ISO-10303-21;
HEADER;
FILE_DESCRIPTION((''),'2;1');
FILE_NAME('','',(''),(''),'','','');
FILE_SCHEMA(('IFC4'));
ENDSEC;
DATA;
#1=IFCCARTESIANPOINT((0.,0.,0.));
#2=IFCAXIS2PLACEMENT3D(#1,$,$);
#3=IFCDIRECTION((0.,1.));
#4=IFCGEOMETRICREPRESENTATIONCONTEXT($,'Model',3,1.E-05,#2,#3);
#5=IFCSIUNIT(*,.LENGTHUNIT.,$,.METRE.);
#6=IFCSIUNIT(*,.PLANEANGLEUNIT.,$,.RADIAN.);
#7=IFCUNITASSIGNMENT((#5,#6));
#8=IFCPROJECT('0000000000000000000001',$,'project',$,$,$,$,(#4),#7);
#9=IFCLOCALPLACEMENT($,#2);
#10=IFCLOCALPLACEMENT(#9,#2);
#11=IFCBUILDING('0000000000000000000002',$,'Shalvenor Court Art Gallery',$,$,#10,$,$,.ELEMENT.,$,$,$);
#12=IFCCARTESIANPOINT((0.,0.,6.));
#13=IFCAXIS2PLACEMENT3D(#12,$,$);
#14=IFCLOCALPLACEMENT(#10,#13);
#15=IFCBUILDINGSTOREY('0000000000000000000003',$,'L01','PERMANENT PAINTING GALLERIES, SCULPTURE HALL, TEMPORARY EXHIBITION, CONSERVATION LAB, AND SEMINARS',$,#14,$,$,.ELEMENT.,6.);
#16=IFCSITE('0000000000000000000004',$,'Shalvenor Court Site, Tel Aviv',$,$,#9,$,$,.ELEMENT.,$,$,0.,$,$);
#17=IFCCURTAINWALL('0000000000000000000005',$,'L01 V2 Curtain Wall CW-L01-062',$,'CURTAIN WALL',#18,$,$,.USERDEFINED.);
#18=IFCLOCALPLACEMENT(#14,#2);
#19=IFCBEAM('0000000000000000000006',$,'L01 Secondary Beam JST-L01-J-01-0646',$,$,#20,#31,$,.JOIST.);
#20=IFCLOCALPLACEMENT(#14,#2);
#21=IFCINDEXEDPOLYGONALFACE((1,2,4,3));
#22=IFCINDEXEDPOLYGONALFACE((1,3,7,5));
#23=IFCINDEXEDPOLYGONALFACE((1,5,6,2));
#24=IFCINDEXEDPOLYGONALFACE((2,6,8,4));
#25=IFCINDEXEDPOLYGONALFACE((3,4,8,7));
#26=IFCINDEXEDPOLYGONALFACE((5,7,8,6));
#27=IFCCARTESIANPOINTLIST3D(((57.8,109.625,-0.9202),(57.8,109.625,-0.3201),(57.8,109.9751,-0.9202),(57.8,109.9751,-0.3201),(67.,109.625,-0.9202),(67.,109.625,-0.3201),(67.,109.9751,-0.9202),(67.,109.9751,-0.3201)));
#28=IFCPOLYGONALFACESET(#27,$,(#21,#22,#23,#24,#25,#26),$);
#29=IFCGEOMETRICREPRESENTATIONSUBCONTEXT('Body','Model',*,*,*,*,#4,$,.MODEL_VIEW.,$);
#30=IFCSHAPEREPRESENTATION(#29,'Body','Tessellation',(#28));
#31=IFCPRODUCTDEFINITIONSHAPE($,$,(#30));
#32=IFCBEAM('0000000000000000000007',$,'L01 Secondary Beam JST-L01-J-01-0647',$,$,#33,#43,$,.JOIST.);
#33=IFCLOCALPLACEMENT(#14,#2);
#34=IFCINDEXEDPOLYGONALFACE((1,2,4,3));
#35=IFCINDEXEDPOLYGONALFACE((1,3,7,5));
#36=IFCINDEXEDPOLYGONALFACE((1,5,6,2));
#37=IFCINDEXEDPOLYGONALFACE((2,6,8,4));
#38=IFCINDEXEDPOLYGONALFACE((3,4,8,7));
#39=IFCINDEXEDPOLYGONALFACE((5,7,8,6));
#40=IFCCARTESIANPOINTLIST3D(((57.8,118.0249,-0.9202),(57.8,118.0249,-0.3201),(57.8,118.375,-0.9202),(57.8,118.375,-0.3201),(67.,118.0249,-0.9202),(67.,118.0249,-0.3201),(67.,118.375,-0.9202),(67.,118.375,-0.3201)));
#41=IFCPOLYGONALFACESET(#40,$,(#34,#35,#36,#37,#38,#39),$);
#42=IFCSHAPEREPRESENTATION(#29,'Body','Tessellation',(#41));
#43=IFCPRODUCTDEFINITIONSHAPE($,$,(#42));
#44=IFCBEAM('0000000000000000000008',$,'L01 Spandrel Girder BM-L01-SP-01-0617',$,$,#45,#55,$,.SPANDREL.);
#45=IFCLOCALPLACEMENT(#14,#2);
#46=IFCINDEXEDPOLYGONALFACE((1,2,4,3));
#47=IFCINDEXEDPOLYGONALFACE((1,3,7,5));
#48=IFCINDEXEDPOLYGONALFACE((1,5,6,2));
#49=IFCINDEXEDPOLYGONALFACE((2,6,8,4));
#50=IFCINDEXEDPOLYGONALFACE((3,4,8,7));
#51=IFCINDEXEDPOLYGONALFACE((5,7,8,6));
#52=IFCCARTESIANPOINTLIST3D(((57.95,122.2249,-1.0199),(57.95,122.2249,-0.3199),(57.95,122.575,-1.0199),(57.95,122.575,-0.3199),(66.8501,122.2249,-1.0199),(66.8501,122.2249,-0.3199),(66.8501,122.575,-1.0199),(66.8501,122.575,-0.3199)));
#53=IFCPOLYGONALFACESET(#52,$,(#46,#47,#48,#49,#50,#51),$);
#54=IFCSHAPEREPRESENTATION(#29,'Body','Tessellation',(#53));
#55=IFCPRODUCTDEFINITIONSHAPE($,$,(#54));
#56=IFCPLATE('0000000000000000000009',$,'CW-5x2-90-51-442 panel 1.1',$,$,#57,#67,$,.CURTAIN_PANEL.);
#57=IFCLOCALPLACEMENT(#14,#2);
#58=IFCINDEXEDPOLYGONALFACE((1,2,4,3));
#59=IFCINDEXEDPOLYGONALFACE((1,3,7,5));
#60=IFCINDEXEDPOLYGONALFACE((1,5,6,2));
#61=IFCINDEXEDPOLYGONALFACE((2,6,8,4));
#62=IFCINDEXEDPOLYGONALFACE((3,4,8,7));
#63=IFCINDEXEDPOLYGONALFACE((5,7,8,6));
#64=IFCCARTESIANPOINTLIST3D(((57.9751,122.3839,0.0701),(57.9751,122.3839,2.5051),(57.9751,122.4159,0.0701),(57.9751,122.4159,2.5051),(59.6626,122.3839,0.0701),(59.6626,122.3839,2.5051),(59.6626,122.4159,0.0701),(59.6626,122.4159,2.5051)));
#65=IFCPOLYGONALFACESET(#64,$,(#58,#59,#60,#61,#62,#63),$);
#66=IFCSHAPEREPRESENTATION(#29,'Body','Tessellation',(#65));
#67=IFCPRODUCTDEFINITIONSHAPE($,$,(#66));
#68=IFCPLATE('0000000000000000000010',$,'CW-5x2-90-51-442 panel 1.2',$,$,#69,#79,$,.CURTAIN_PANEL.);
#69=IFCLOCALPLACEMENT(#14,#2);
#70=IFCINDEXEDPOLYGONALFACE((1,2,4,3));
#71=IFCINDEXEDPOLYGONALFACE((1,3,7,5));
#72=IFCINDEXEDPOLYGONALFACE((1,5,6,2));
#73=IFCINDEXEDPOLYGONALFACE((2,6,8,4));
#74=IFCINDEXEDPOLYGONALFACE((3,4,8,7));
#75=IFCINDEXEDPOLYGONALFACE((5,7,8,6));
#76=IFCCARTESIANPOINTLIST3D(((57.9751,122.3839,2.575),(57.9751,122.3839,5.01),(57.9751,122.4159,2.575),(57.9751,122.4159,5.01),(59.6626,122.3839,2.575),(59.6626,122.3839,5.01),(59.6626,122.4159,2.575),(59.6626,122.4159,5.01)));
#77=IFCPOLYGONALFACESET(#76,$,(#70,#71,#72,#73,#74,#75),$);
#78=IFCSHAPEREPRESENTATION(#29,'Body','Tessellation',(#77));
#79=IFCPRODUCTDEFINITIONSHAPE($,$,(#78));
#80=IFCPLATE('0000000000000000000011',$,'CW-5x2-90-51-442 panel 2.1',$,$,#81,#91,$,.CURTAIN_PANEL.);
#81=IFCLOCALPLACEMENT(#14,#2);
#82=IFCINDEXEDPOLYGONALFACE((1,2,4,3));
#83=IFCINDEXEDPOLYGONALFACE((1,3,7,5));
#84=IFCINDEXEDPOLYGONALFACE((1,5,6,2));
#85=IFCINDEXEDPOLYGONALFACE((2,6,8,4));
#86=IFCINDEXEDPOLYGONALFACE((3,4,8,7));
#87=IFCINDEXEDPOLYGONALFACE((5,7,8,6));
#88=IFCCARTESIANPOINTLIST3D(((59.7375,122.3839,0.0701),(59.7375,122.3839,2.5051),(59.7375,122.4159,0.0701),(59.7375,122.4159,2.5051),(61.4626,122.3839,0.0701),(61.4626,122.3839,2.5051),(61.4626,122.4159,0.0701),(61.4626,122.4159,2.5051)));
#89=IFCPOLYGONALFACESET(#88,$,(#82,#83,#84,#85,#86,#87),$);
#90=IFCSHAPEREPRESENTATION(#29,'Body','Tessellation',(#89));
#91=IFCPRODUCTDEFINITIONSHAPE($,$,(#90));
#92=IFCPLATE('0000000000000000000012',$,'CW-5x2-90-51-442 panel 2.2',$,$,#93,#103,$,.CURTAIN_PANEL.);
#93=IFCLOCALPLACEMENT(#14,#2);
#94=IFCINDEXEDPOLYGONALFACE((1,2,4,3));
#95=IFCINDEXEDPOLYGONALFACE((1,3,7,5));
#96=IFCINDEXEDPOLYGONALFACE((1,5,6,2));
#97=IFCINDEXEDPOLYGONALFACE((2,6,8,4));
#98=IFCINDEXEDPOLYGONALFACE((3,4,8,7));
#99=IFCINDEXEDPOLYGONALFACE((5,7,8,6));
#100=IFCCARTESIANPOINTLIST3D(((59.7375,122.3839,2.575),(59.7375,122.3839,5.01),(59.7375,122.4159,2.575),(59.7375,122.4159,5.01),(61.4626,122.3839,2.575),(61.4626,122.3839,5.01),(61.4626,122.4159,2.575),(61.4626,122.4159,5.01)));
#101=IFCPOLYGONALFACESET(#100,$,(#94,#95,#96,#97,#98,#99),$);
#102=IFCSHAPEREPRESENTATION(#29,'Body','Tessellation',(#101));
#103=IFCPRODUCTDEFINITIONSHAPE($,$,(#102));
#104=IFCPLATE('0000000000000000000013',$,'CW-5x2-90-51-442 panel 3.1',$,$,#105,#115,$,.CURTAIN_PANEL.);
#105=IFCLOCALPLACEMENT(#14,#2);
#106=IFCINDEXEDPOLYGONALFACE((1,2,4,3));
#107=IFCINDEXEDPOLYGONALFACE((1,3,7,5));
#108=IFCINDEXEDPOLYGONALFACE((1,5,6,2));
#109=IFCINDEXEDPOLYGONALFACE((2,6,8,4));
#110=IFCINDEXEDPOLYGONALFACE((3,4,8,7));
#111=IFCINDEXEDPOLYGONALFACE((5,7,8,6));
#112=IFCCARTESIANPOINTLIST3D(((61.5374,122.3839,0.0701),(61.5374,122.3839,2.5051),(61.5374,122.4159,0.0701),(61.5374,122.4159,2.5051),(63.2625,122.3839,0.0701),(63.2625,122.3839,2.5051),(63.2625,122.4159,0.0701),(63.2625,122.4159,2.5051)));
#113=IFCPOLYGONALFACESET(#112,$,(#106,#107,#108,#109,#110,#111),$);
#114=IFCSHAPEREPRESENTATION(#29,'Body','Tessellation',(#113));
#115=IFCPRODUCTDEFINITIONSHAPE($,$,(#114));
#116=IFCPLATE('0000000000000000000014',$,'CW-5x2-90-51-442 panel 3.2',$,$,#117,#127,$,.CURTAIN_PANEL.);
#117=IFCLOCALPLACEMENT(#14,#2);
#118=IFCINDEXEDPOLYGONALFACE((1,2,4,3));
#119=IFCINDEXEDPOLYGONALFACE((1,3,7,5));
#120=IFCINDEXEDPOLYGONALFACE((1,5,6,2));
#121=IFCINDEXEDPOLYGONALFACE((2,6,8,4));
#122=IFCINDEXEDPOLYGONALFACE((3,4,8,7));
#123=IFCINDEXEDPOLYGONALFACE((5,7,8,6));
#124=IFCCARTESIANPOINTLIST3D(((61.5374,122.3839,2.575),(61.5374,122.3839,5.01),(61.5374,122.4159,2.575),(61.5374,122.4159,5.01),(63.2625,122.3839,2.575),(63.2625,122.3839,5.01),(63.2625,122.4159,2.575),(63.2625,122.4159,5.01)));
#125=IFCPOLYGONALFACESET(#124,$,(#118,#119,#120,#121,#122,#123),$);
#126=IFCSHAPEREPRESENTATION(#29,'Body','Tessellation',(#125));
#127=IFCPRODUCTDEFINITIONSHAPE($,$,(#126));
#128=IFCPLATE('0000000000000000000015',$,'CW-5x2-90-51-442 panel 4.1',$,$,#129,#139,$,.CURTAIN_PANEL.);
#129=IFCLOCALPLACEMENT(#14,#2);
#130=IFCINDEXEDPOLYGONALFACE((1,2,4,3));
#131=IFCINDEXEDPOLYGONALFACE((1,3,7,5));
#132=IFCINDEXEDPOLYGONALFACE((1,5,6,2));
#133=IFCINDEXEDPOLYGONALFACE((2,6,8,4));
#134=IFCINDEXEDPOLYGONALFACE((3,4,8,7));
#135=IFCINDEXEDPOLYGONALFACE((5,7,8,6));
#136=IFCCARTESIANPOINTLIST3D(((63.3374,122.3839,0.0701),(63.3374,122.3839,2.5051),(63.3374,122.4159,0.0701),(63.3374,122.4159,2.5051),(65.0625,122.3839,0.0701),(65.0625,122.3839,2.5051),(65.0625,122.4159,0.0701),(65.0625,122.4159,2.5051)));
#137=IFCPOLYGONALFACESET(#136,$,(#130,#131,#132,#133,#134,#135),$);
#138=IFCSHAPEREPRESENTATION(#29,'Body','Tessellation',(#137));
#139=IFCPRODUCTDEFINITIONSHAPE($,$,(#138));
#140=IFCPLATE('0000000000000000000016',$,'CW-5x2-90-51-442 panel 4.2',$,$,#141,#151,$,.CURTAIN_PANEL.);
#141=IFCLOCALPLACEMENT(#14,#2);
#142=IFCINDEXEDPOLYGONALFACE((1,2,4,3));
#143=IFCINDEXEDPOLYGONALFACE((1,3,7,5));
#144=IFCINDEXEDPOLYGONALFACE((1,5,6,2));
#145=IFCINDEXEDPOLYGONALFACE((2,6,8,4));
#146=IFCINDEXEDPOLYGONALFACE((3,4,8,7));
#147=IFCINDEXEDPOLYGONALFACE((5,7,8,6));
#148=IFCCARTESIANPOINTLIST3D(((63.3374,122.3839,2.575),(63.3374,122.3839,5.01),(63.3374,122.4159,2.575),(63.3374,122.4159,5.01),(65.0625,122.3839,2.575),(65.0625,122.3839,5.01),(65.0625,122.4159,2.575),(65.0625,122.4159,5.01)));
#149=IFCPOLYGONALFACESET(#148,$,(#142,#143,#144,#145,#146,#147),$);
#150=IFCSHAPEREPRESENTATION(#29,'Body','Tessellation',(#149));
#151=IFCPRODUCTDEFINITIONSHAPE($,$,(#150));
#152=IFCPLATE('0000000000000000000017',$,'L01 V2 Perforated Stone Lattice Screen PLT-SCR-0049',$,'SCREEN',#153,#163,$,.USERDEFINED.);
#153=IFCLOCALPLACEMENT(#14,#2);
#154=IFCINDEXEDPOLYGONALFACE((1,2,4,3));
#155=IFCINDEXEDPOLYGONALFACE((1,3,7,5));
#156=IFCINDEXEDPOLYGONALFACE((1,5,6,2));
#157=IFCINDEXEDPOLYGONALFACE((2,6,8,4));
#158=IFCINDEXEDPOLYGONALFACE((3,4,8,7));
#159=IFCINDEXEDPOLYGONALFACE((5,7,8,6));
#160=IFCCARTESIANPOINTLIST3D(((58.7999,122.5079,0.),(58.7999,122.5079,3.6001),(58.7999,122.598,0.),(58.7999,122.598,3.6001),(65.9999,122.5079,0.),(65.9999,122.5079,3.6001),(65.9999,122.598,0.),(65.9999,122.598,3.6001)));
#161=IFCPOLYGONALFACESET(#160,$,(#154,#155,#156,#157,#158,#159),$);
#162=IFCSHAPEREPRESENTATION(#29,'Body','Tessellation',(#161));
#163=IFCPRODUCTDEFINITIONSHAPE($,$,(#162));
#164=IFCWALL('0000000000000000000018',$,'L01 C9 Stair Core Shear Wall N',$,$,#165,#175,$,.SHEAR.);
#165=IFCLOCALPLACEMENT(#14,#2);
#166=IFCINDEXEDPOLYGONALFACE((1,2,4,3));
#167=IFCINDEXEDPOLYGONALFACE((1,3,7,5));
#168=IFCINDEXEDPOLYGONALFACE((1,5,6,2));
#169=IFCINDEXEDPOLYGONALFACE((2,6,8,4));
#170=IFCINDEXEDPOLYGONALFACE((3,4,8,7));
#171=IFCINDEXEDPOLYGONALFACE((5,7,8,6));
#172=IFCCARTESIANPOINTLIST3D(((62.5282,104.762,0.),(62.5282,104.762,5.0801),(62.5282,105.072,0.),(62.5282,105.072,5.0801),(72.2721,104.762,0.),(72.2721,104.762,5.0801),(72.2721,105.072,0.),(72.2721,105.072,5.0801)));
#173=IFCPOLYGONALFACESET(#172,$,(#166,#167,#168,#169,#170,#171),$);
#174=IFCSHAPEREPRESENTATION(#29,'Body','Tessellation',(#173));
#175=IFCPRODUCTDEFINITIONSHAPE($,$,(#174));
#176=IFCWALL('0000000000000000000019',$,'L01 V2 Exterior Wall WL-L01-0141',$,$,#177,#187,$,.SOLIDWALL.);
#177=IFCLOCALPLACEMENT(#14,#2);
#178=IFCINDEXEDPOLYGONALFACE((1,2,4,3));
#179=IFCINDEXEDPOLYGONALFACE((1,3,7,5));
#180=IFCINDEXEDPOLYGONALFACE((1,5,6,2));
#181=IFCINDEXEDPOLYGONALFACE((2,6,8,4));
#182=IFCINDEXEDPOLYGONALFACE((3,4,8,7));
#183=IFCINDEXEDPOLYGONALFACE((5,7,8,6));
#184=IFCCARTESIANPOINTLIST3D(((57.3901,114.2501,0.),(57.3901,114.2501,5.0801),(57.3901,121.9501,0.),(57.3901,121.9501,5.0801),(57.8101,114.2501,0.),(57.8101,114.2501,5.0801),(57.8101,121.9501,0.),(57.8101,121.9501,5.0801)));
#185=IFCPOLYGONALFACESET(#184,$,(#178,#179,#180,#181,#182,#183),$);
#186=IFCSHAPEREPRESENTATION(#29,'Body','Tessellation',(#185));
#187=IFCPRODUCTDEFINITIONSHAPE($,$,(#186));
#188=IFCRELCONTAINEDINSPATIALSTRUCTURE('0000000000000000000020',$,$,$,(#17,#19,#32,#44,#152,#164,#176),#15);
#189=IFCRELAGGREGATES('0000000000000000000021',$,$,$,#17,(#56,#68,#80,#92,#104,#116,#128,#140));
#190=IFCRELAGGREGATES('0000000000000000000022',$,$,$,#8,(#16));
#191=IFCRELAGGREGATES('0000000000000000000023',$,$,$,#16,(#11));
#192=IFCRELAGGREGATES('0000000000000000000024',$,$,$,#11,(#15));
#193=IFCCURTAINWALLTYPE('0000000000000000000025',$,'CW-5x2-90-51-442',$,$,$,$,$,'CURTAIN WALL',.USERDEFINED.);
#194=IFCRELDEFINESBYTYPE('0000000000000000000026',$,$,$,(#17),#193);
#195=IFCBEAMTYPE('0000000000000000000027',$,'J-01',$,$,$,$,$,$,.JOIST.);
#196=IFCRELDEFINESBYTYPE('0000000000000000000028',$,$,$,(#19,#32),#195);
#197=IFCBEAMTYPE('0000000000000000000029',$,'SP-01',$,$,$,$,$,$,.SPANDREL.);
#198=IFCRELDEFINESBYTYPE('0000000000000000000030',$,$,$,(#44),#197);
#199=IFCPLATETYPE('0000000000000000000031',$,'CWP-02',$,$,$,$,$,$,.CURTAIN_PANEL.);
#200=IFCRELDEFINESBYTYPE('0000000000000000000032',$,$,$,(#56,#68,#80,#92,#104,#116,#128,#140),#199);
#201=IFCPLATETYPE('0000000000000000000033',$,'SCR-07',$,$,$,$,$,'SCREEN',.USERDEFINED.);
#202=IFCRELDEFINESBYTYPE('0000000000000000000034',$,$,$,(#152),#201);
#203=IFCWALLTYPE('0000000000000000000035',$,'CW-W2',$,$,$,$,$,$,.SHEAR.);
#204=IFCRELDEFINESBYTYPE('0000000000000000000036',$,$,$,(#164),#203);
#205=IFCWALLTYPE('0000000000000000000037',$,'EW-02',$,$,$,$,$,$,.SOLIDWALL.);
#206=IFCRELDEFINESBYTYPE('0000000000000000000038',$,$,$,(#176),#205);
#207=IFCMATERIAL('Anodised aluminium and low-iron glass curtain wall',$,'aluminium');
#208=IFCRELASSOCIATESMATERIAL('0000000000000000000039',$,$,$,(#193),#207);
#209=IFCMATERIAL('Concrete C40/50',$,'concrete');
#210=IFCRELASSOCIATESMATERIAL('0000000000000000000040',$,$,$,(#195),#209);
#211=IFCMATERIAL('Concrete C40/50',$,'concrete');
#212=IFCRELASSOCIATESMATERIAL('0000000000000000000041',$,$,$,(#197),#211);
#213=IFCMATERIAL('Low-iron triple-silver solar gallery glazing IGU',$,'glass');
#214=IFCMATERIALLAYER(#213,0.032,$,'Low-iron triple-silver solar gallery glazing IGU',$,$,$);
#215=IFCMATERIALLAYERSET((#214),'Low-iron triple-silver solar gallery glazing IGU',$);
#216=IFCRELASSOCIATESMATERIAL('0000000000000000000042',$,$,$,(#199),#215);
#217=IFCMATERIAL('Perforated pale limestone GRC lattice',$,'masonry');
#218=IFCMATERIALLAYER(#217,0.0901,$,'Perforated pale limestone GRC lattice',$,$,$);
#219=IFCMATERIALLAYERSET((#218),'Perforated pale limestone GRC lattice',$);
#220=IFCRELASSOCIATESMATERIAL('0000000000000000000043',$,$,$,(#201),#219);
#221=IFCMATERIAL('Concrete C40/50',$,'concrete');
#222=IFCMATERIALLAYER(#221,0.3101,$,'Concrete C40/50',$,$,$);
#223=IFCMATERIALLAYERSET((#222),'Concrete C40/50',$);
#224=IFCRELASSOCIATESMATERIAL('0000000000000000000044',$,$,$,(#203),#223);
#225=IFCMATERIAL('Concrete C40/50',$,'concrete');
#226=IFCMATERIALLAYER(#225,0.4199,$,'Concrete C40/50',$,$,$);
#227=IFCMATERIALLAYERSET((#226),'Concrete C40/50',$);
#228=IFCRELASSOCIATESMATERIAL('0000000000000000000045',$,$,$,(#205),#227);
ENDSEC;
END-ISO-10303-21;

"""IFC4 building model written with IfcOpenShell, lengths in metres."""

from ifc_helpers import new_model, si_unit, direction, frame, frame_2d, origin, origin_2d, place, context, subcontext, project, spatial, rectangle, extrude, material, layer, layer_set, material_profile, profile_set, type_object, element, aggregate, save


model = new_model("IFC4")

# Units and contexts
model_context = context("Model", 3, precision=1e-05, world=origin(), true_north=direction((0.0, 1.0)))
body_context = subcontext(model_context, "Body", "Model", "MODEL_VIEW")
ifc_project = project(units=[si_unit("LENGTHUNIT", "METRE"), si_unit("PLANEANGLEUNIT", "RADIAN")], contexts=[model_context])

# Site, building, storey
site_placement = place(None, origin())
site = spatial("IfcSite", under=ifc_project, at=site_placement, Name="Shalvenor Court Site, Tel Aviv", CompositionType="ELEMENT", RefElevation=0.0)
building_placement = place(site_placement, origin())
building = spatial("IfcBuilding", under=site, at=building_placement, Name="Shalvenor Court Art Gallery", CompositionType="ELEMENT")
storey_placement = place(building_placement, frame((0.0, 0.0, 6.0)))
storey = spatial("IfcBuildingStorey", under=building, at=storey_placement, Name="L01", Description="PERMANENT PAINTING GALLERIES, SCULPTURE HALL, TEMPORARY EXHIBITION, CONSERVATION LAB, AND SEMINARS", CompositionType="ELEMENT", Elevation=6.0)

# Curtain wall
ifc_material_1 = material(Name="Anodised aluminium and low-iron glass curtain wall", Category="aluminium")
curtain_wall_type = type_object("IfcCurtainWallType", Name="CW-5x2-90-51-442", ElementType="CURTAIN WALL", PredefinedType="USERDEFINED", material=ifc_material_1)
curtain_wall_placement = place(storey_placement, origin())
curtain_wall = element("IfcCurtainWall", 1, at=curtain_wall_placement, inside=storey, type_object=curtain_wall_type, Name="L01 V2 Curtain Wall CW-L01-062", ObjectType="CURTAIN WALL", PredefinedType="USERDEFINED")

# Beams
ifc_material_2 = material(Name="Concrete C40/50", Category="concrete")
ifc_material_profile_1 = material_profile(ifc_material_2, rectangle(XDim=0.3501, YDim=0.6001, at=origin_2d()), Name="RC 350x600")
ifc_profile_set_1 = profile_set([ifc_material_profile_1], Name="Concrete C40/50")
beam_type_1 = type_object("IfcBeamType", Name="J-01", PredefinedType="JOIST", material=ifc_profile_set_1)
for number, where, z_axis, x_axis, name in (
    (2, (57.8, 109.8, -0.6201), (1.0, 0.0, 0.0), (0.0, 1.0, 0.0), "L01 Secondary Beam JST-L01-J-01-0646"),
    (3, (57.8, 118.2, -0.6201), (1.0, 0.0, 0.0), (0.0, 1.0, 0.0), "L01 Secondary Beam JST-L01-J-01-0647"),
):
    element("IfcBeam", number, at=place(storey_placement, frame(where, z_axis=z_axis, x_axis=x_axis)), inside=storey, type_object=beam_type_1, Name=name, PredefinedType="JOIST", context=body_context, shape_type="SweptSolid", body=[
        extrude(rectangle(XDim=0.3501, YDim=0.6001, at=origin_2d()), origin(), (0.0, 0.0, 1.0), 9.2),
    ])
ifc_material_3 = material(Name="Concrete C40/50", Category="concrete")
ifc_material_profile_2 = material_profile(ifc_material_3, rectangle(XDim=0.3501, YDim=0.7, at=origin_2d()), Name="RC 350x700")
ifc_profile_set_2 = profile_set([ifc_material_profile_2], Name="Concrete C40/50")
beam_type_2 = type_object("IfcBeamType", Name="SP-01", PredefinedType="SPANDREL", material=ifc_profile_set_2)
beam_1_placement = place(storey_placement, frame((57.95, 122.3999, -0.6699), z_axis=(1.0, 0.0, 0.0), x_axis=(0.0, 1.0, 0.0)))
element("IfcBeam", 4, at=beam_1_placement, inside=storey, type_object=beam_type_2, Name="L01 Spandrel Girder BM-L01-SP-01-0617", PredefinedType="SPANDREL", context=body_context, shape_type="SweptSolid", body=[
    extrude(rectangle(XDim=0.3501, YDim=0.7, at=origin_2d()), origin(), (0.0, 0.0, 1.0), 8.9001),
])

# Plates
ifc_material_4 = material(Name="Low-iron triple-silver solar gallery glazing IGU", Category="glass")
ifc_layer_1 = layer(ifc_material_4, 0.032, Name="Low-iron triple-silver solar gallery glazing IGU")
ifc_layer_set_1 = layer_set([ifc_layer_1], Name="Low-iron triple-silver solar gallery glazing IGU")
plate_type_1 = type_object("IfcPlateType", Name="CWP-02", PredefinedType="CURTAIN_PANEL", material=ifc_layer_set_1)
plate_1_placement = place(storey_placement, frame((58.8188, 122.3999, 0.0701), z_axis=(0.0, 0.0, 1.0), x_axis=(1.0, 0.0, 0.0)))
plate_1 = element("IfcPlate", 5, at=plate_1_placement, type_object=plate_type_1, Name="CW-5x2-90-51-442 panel 1.1", PredefinedType="CURTAIN_PANEL", context=body_context, shape_type="SweptSolid", body=[
    extrude(rectangle(XDim=1.6875, YDim=0.032, at=origin_2d()), origin(), (0.0, 0.0, 1.0), 2.4351),
])
plate_2_placement = place(storey_placement, frame((58.8188, 122.3999, 2.575), z_axis=(0.0, 0.0, 1.0), x_axis=(1.0, 0.0, 0.0)))
plate_2 = element("IfcPlate", 6, at=plate_2_placement, type_object=plate_type_1, Name="CW-5x2-90-51-442 panel 1.2", PredefinedType="CURTAIN_PANEL", context=body_context, shape_type="SweptSolid", body=[
    extrude(rectangle(XDim=1.6875, YDim=0.032, at=origin_2d()), origin(), (0.0, 0.0, 1.0), 2.4351),
])
plate_3_placement = place(storey_placement, frame((60.6001, 122.3999, 0.0701), z_axis=(0.0, 0.0, 1.0), x_axis=(1.0, 0.0, 0.0)))
plate_3 = element("IfcPlate", 7, at=plate_3_placement, type_object=plate_type_1, Name="CW-5x2-90-51-442 panel 2.1", PredefinedType="CURTAIN_PANEL", context=body_context, shape_type="SweptSolid", body=[
    extrude(rectangle(XDim=1.7251, YDim=0.032, at=origin_2d()), origin(), (0.0, 0.0, 1.0), 2.4351),
])
plate_4_placement = place(storey_placement, frame((60.6001, 122.3999, 2.575), z_axis=(0.0, 0.0, 1.0), x_axis=(1.0, 0.0, 0.0)))
plate_4 = element("IfcPlate", 8, at=plate_4_placement, type_object=plate_type_1, Name="CW-5x2-90-51-442 panel 2.2", PredefinedType="CURTAIN_PANEL", context=body_context, shape_type="SweptSolid", body=[
    extrude(rectangle(XDim=1.7251, YDim=0.032, at=origin_2d()), origin(), (0.0, 0.0, 1.0), 2.4351),
])
plate_5_placement = place(storey_placement, frame((62.3999, 122.3999, 0.0701), z_axis=(0.0, 0.0, 1.0), x_axis=(1.0, 0.0, 0.0)))
plate_5 = element("IfcPlate", 9, at=plate_5_placement, type_object=plate_type_1, Name="CW-5x2-90-51-442 panel 3.1", PredefinedType="CURTAIN_PANEL", context=body_context, shape_type="SweptSolid", body=[
    extrude(rectangle(XDim=1.7251, YDim=0.032, at=origin_2d()), origin(), (0.0, 0.0, 1.0), 2.4351),
])
plate_6_placement = place(storey_placement, frame((62.3999, 122.3999, 2.575), z_axis=(0.0, 0.0, 1.0), x_axis=(1.0, 0.0, 0.0)))
plate_6 = element("IfcPlate", 10, at=plate_6_placement, type_object=plate_type_1, Name="CW-5x2-90-51-442 panel 3.2", PredefinedType="CURTAIN_PANEL", context=body_context, shape_type="SweptSolid", body=[
    extrude(rectangle(XDim=1.7251, YDim=0.032, at=origin_2d()), origin(), (0.0, 0.0, 1.0), 2.4351),
])
plate_7_placement = place(storey_placement, frame((64.2, 122.3999, 0.0701), z_axis=(0.0, 0.0, 1.0), x_axis=(1.0, 0.0, 0.0)))
plate_7 = element("IfcPlate", 11, at=plate_7_placement, type_object=plate_type_1, Name="CW-5x2-90-51-442 panel 4.1", PredefinedType="CURTAIN_PANEL", context=body_context, shape_type="SweptSolid", body=[
    extrude(rectangle(XDim=1.7251, YDim=0.032, at=origin_2d()), origin(), (0.0, 0.0, 1.0), 2.4351),
])
plate_8_placement = place(storey_placement, frame((64.2, 122.3999, 2.575), z_axis=(0.0, 0.0, 1.0), x_axis=(1.0, 0.0, 0.0)))
plate_8 = element("IfcPlate", 12, at=plate_8_placement, type_object=plate_type_1, Name="CW-5x2-90-51-442 panel 4.2", PredefinedType="CURTAIN_PANEL", context=body_context, shape_type="SweptSolid", body=[
    extrude(rectangle(XDim=1.7251, YDim=0.032, at=origin_2d()), origin(), (0.0, 0.0, 1.0), 2.4351),
])
aggregate(curtain_wall, [plate_1, plate_2, plate_3, plate_4, plate_5, plate_6, plate_7, plate_8])
ifc_material_5 = material(Name="Perforated pale limestone GRC lattice", Category="masonry")
ifc_layer_2 = layer(ifc_material_5, 0.0901, Name="Perforated pale limestone GRC lattice")
ifc_layer_set_2 = layer_set([ifc_layer_2], Name="Perforated pale limestone GRC lattice")
plate_type_2 = type_object("IfcPlateType", Name="SCR-07", ElementType="SCREEN", PredefinedType="USERDEFINED", material=ifc_layer_set_2)
plate_9_placement = place(storey_placement, frame((62.3999, 122.553, 0.0), z_axis=(0.0, 0.0, 1.0), x_axis=(1.0, 0.0, 0.0)))
element("IfcPlate", 13, at=plate_9_placement, inside=storey, type_object=plate_type_2, Name="L01 V2 Perforated Stone Lattice Screen PLT-SCR-0049", ObjectType="SCREEN", PredefinedType="USERDEFINED", context=body_context, shape_type="SweptSolid", body=[
    extrude(rectangle(XDim=7.2, YDim=0.0901, at=origin_2d()), origin(), (0.0, 0.0, 1.0), 3.6001),
])

# Walls
ifc_material_6 = material(Name="Concrete C40/50", Category="concrete")
ifc_layer_3 = layer(ifc_material_6, 0.3101, Name="Concrete C40/50")
ifc_layer_set_3 = layer_set([ifc_layer_3], Name="Concrete C40/50")
wall_type_1 = type_object("IfcWallType", Name="CW-W2", PredefinedType="SHEAR", material=ifc_layer_set_3)
wall_1_placement = place(storey_placement, frame((62.5281, 104.917, 0.0), z_axis=(0.0, 0.0, 1.0), x_axis=(1.0, 0.0, 0.0)))
element("IfcWall", 14, at=wall_1_placement, inside=storey, type_object=wall_type_1, Name="L01 C9 Stair Core Shear Wall N", PredefinedType="SHEAR", context=body_context, shape_type="SweptSolid", body=[
    extrude(rectangle(XDim=9.7439, YDim=0.3101, at=frame_2d((4.8721, 0.0))), origin(), (0.0, 0.0, 1.0), 5.0801),
])
ifc_material_7 = material(Name="Concrete C40/50", Category="concrete")
ifc_layer_4 = layer(ifc_material_7, 0.4199, Name="Concrete C40/50")
ifc_layer_set_4 = layer_set([ifc_layer_4], Name="Concrete C40/50")
wall_type_2 = type_object("IfcWallType", Name="EW-02", PredefinedType="SOLIDWALL", material=ifc_layer_set_4)
wall_2_placement = place(storey_placement, frame((57.6001, 114.25, 0.0), z_axis=(0.0, 0.0, 1.0), x_axis=(0.0, 1.0, 0.0)))
element("IfcWall", 15, at=wall_2_placement, inside=storey, type_object=wall_type_2, Name="L01 V2 Exterior Wall WL-L01-0141", PredefinedType="SOLIDWALL", context=body_context, shape_type="SweptSolid", body=[
    extrude(rectangle(XDim=7.7, YDim=0.4199, at=frame_2d((3.8501, 0.0))), origin(), (0.0, 0.0, 1.0), 5.0801),
])

save(model, "model.ifc")
